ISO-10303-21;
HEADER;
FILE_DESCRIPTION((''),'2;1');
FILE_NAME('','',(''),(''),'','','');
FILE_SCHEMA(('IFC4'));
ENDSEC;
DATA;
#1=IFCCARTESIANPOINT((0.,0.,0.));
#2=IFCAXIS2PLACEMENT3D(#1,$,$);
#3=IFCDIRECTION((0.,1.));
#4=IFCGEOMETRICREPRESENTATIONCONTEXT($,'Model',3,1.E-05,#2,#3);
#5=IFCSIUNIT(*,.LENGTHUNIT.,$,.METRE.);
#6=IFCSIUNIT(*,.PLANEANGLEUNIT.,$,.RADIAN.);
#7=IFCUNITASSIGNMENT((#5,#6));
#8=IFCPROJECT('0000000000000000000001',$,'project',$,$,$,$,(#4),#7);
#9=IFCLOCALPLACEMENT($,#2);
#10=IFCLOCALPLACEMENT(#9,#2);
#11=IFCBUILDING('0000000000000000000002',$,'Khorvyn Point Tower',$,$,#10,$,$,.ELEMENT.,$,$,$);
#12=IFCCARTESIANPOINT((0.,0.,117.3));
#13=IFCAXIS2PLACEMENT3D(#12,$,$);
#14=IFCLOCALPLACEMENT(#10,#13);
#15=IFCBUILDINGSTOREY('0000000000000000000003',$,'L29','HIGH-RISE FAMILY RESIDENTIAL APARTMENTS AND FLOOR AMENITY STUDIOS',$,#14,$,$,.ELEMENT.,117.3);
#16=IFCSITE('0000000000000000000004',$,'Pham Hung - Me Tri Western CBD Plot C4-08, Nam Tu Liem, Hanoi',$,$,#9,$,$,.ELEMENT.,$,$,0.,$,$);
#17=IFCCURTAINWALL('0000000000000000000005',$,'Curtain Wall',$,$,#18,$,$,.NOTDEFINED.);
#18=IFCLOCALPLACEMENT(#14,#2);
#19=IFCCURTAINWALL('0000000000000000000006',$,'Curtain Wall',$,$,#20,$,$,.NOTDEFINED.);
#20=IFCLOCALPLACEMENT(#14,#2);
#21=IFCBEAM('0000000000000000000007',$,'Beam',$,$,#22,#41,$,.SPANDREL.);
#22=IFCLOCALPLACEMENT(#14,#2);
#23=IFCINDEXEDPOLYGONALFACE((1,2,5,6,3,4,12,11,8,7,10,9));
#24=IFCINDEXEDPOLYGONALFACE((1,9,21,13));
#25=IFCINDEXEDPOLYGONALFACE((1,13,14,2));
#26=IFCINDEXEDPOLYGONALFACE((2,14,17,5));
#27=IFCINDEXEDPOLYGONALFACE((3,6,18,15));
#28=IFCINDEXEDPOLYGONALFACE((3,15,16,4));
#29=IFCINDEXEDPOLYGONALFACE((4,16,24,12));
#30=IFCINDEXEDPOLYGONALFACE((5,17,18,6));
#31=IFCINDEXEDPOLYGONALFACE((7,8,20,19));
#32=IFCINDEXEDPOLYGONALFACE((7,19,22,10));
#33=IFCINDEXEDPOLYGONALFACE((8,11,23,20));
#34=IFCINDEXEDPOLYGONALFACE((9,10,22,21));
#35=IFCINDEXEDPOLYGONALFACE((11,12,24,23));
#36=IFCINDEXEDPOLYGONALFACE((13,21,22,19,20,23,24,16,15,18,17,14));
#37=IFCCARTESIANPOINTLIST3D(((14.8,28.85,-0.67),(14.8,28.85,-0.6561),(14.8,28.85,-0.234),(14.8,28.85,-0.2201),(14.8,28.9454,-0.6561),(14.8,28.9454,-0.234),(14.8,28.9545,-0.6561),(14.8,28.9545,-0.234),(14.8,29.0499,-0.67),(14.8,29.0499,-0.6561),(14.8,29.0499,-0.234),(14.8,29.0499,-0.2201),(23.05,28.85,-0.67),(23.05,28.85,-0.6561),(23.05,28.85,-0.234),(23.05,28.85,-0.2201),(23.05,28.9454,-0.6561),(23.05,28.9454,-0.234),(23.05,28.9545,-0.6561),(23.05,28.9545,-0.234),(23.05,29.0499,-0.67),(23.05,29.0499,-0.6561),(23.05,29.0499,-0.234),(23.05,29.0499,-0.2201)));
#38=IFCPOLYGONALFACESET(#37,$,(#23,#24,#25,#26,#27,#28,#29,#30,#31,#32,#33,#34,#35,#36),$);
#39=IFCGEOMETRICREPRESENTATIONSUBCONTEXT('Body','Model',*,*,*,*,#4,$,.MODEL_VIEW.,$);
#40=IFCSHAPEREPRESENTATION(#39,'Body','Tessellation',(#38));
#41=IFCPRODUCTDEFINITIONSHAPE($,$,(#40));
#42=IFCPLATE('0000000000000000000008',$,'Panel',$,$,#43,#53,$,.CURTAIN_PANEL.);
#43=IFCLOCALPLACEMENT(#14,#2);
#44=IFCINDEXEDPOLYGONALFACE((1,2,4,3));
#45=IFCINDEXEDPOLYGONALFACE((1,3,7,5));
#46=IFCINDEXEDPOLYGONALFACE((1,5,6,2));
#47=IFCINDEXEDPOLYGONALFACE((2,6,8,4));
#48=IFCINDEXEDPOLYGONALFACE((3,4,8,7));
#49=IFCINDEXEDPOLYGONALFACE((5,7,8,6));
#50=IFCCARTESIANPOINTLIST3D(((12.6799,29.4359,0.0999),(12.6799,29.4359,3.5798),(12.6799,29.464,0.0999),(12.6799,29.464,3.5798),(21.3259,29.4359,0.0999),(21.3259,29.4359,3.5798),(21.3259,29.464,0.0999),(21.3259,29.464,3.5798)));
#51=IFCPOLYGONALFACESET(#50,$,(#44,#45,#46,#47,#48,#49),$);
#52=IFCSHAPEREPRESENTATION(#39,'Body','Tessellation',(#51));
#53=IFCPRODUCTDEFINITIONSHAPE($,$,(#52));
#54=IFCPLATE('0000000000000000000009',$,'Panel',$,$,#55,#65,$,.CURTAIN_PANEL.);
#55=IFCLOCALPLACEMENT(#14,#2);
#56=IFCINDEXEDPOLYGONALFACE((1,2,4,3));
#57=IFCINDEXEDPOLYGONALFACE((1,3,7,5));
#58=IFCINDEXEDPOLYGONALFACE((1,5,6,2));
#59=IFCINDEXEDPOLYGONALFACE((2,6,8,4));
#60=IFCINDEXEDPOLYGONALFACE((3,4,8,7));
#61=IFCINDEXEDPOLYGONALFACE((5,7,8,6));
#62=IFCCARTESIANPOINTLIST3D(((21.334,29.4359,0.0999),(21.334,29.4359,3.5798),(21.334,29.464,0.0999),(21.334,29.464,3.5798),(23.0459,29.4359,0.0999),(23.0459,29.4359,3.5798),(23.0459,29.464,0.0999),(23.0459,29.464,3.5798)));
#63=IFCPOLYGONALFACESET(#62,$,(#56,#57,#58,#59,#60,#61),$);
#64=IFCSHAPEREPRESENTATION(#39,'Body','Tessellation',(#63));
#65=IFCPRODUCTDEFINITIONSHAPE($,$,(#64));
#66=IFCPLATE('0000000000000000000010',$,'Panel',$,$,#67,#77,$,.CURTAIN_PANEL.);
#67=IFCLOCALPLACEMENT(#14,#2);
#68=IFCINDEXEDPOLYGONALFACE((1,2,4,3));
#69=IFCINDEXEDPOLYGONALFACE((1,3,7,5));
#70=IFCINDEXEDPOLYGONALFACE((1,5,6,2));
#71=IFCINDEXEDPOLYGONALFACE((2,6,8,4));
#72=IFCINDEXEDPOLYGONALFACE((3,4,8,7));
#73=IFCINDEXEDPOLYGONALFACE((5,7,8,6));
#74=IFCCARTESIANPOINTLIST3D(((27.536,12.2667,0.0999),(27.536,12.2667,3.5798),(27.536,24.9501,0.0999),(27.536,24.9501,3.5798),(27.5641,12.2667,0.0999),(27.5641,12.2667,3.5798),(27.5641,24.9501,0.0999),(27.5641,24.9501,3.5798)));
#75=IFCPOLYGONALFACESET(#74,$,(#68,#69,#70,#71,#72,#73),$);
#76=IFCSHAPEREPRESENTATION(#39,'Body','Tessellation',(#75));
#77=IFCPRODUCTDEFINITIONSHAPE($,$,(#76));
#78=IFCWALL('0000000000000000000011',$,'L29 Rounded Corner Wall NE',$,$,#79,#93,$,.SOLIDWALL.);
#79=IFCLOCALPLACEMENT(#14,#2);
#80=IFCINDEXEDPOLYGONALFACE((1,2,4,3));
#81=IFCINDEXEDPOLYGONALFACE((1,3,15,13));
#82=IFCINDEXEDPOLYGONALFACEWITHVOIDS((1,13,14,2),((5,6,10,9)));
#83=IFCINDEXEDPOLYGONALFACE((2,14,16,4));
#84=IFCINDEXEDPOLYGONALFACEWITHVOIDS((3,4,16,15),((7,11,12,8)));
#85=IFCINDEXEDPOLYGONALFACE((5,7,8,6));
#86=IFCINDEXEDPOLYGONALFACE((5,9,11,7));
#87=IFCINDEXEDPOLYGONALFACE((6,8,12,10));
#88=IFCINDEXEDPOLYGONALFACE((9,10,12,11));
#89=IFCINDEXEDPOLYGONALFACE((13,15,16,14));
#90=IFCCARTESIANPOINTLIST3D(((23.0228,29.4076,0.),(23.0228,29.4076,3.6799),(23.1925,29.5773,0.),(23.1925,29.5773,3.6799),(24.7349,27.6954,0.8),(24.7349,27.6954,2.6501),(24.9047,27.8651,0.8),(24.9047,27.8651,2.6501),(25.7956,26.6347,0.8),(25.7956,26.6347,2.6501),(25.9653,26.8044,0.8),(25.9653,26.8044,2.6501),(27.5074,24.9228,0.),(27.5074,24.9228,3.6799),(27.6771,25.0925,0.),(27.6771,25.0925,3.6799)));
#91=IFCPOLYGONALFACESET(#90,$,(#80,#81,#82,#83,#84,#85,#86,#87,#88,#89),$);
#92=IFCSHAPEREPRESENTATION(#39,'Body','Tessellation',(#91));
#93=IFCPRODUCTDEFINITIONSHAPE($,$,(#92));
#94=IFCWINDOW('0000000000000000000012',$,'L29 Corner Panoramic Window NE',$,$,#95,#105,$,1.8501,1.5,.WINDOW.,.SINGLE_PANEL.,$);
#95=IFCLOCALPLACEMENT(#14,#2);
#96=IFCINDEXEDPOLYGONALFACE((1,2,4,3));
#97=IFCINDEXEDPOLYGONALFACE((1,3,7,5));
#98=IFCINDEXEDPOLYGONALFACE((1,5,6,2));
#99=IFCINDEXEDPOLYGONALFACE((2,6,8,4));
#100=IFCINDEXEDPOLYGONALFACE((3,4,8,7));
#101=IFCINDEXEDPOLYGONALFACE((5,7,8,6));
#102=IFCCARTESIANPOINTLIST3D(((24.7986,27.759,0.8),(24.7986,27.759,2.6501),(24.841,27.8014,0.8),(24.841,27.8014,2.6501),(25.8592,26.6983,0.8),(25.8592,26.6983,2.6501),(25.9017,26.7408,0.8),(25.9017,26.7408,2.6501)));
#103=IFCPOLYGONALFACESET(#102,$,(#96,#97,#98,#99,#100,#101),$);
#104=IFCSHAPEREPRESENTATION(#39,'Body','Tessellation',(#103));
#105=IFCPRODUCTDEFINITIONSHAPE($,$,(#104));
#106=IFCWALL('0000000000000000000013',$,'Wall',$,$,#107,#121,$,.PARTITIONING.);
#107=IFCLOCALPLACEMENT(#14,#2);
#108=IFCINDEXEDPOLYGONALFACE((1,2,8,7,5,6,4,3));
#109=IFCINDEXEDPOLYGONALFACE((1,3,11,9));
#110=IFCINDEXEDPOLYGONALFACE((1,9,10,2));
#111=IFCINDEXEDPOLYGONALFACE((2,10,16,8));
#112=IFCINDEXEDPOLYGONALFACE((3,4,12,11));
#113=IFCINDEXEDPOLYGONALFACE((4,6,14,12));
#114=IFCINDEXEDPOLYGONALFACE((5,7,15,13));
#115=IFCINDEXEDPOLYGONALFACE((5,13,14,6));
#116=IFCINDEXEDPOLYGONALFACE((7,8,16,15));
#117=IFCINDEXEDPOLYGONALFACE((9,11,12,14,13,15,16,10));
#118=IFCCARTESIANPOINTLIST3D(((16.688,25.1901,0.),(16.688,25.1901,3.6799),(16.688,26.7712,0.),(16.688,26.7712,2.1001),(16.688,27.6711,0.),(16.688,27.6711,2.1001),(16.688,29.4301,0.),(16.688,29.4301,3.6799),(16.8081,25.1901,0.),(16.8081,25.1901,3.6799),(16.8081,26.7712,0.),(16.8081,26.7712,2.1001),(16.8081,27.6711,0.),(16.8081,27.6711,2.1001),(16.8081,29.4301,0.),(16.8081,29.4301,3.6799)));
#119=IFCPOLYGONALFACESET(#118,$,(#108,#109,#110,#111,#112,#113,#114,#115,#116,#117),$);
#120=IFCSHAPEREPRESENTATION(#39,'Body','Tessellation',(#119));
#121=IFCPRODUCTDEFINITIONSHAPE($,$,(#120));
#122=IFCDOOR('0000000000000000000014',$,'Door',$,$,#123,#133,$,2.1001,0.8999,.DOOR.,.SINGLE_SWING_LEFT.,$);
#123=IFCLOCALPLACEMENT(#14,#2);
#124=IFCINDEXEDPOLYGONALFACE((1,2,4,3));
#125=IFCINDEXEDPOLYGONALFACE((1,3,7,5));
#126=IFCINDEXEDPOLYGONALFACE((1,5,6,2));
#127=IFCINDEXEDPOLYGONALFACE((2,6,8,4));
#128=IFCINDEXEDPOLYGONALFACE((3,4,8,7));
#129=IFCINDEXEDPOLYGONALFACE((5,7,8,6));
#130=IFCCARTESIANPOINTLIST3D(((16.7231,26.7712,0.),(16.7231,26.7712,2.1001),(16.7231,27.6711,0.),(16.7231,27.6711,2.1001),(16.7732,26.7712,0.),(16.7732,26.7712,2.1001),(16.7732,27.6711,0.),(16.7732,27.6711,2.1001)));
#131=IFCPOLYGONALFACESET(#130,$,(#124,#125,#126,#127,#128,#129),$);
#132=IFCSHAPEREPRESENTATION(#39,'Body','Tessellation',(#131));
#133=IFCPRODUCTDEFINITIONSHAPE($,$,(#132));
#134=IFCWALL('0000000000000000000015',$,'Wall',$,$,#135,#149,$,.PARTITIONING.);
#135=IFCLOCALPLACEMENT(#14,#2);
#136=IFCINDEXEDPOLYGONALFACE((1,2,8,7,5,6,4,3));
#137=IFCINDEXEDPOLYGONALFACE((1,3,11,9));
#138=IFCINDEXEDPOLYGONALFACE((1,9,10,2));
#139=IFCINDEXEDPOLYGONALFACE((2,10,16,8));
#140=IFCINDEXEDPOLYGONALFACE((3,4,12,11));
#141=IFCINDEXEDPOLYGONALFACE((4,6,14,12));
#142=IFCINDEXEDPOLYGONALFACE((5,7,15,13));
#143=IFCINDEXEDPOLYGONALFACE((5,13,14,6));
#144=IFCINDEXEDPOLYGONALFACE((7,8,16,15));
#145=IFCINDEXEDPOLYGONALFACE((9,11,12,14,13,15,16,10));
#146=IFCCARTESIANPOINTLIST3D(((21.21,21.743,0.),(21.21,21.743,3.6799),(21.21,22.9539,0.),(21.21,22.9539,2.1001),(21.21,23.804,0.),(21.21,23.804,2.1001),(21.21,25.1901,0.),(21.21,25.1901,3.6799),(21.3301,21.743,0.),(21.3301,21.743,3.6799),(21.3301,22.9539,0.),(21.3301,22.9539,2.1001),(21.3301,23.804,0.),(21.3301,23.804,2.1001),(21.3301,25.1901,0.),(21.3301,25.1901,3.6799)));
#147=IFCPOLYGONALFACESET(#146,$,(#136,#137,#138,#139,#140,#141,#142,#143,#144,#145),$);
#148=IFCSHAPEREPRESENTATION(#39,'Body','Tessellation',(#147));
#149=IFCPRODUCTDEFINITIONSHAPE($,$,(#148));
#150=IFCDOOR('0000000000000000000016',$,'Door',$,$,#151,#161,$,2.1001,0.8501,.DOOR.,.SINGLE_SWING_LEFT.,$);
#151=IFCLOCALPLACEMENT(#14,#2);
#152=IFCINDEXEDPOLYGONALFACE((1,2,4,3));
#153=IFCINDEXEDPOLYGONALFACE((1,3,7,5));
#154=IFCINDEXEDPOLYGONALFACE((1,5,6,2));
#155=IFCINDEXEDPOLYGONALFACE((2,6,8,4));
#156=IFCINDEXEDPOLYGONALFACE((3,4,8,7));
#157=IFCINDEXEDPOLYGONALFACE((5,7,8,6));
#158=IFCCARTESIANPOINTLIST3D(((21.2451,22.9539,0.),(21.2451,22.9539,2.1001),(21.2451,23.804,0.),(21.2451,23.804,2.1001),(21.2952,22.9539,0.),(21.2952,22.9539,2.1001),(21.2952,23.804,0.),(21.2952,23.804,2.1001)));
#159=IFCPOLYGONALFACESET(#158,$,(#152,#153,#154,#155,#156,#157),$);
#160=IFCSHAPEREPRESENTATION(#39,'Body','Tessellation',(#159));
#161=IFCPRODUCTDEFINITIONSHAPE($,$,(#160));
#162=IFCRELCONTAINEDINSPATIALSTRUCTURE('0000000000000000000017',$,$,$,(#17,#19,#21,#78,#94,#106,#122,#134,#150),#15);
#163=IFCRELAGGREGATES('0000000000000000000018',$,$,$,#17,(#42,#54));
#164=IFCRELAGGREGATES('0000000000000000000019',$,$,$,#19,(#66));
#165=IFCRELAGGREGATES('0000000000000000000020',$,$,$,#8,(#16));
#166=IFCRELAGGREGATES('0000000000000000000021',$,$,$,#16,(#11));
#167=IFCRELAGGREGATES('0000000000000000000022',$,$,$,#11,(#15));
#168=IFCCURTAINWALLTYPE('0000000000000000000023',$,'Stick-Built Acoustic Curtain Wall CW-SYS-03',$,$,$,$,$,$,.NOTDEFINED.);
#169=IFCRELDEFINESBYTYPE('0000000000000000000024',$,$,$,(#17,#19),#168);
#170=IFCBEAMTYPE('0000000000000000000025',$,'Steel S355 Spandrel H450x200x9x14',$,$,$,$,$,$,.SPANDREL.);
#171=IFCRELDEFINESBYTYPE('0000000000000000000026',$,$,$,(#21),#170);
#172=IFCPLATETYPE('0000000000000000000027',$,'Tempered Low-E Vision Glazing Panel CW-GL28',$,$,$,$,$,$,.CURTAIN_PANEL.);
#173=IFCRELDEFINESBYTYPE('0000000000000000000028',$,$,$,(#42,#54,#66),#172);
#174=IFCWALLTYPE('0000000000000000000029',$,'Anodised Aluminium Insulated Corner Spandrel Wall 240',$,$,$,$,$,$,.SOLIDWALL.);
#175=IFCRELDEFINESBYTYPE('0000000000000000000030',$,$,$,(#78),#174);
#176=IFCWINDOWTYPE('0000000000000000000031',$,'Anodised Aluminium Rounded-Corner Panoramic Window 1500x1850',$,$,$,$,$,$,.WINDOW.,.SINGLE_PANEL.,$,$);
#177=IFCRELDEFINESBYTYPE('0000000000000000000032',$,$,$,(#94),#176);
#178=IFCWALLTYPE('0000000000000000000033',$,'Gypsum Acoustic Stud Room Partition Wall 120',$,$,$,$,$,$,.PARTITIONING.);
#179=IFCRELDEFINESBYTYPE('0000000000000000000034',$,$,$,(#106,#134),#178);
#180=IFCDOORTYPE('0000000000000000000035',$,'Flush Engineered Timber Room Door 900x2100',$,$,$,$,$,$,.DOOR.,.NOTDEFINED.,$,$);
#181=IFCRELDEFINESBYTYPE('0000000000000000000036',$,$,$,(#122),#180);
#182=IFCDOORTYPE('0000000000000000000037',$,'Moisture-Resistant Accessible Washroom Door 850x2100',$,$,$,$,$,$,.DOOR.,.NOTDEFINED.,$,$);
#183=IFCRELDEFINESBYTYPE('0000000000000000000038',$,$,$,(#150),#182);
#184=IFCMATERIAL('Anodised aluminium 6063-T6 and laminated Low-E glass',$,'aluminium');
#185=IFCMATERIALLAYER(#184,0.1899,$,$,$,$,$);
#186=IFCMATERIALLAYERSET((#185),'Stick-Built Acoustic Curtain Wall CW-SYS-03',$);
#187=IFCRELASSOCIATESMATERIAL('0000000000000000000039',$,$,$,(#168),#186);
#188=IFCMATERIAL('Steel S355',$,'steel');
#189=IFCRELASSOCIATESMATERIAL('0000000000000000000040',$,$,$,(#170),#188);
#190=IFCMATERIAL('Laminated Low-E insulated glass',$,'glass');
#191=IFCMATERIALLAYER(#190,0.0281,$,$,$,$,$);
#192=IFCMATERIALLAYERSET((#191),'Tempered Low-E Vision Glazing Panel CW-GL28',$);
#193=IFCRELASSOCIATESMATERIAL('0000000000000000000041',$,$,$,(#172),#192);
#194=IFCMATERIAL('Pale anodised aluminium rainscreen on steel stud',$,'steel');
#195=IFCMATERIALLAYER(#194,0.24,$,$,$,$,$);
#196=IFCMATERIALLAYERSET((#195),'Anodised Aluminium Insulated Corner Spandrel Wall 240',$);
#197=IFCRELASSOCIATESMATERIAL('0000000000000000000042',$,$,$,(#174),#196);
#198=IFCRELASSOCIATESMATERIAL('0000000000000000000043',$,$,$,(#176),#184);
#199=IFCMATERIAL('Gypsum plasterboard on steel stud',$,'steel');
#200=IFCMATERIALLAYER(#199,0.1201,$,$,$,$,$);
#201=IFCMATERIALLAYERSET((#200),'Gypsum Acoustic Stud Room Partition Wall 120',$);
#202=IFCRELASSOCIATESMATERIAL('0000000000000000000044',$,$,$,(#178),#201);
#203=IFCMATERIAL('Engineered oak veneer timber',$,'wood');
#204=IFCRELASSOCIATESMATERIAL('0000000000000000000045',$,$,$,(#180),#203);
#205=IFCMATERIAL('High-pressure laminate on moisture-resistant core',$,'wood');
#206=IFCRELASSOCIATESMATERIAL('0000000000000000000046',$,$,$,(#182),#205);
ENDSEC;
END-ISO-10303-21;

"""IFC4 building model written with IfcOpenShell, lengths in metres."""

from ifc_helpers import new_model, si_unit, direction, frame, frame_2d, origin, origin_2d, place, context, subcontext, project, spatial, rectangle, i_section, extrude, material, layer, layer_set, material_profile, profile_set, type_object, element, fill, aggregate, save


model = new_model("IFC4")

# Units and contexts
model_context = context("Model", 3, precision=1e-05, world=origin(), true_north=direction((0.0, 1.0)))
body_context = subcontext(model_context, "Body", "Model", "MODEL_VIEW")
ifc_project = project(units=[si_unit("LENGTHUNIT", "METRE"), si_unit("PLANEANGLEUNIT", "RADIAN")], contexts=[model_context])

# Site, building, storey
site_placement = place(None, origin())
site = spatial("IfcSite", under=ifc_project, at=site_placement, Name="Pham Hung - Me Tri Western CBD Plot C4-08, Nam Tu Liem, Hanoi", CompositionType="ELEMENT", RefElevation=0.0)
building_placement = place(site_placement, origin())
building = spatial("IfcBuilding", under=site, at=building_placement, Name="Khorvyn Point Tower", CompositionType="ELEMENT")
storey_placement = place(building_placement, frame((0.0, 0.0, 117.3)))
storey = spatial("IfcBuildingStorey", under=building, at=storey_placement, Name="L29", Description="HIGH-RISE FAMILY RESIDENTIAL APARTMENTS AND FLOOR AMENITY STUDIOS", CompositionType="ELEMENT", Elevation=117.3)

# Curtain wall
ifc_material_1 = material(Name="Anodised aluminium 6063-T6 and laminated Low-E glass", Category="aluminium")
ifc_layer_1 = layer(ifc_material_1, 0.1899)
ifc_layer_set_1 = layer_set([ifc_layer_1], Name="Stick-Built Acoustic Curtain Wall CW-SYS-03")
curtain_wall_type = type_object("IfcCurtainWallType", Name="Stick-Built Acoustic Curtain Wall CW-SYS-03", PredefinedType="NOTDEFINED", material=ifc_layer_set_1)
curtain_wall_1_placement = place(storey_placement, origin())
curtain_wall_1 = element("IfcCurtainWall", 1, at=curtain_wall_1_placement, inside=storey, type_object=curtain_wall_type, Name="Curtain Wall", PredefinedType="NOTDEFINED")

# Curtain wall
curtain_wall_2_placement = place(storey_placement, origin())
curtain_wall_2 = element("IfcCurtainWall", 2, at=curtain_wall_2_placement, inside=storey, type_object=curtain_wall_type, Name="Curtain Wall", PredefinedType="NOTDEFINED")

# Beam
ifc_material_2 = material(Name="Steel S355", Category="steel")
ifc_material_profile_1 = material_profile(ifc_material_2, i_section(OverallWidth=0.2, OverallDepth=0.45, WebThickness=0.009, FlangeThickness=0.0139, at=origin_2d()))
ifc_profile_set_1 = profile_set([ifc_material_profile_1], Name="Steel S355 H450x200x9x14")
beam_type_1 = type_object("IfcBeamType", Name="Steel S355 Spandrel H450x200x9x14", PredefinedType="SPANDREL", material=ifc_profile_set_1)
beam_1_placement = place(storey_placement, frame((14.8, 28.95, -0.4451), z_axis=(1.0, 0.0, 0.0), x_axis=(0.0, 1.0, 0.0)))
element("IfcBeam", 3, at=beam_1_placement, inside=storey, type_object=beam_type_1, Name="Beam", PredefinedType="SPANDREL", context=body_context, shape_type="SweptSolid", body=[
    extrude(i_section(OverallWidth=0.2, OverallDepth=0.45, WebThickness=0.009, FlangeThickness=0.0139, at=origin_2d()), origin(), (0.0, 0.0, 1.0), 8.25),
])

# Plates
ifc_material_3 = material(Name="Laminated Low-E insulated glass", Category="glass")
ifc_layer_2 = layer(ifc_material_3, 0.0281)
ifc_layer_set_2 = layer_set([ifc_layer_2], Name="Tempered Low-E Vision Glazing Panel CW-GL28")
plate_type = type_object("IfcPlateType", Name="Tempered Low-E Vision Glazing Panel CW-GL28", PredefinedType="CURTAIN_PANEL", material=ifc_layer_set_2)
plate_1_placement = place(storey_placement, frame((17.0029, 29.45, 0.0999), z_axis=(0.0, 0.0, 1.0), x_axis=(1.0, 0.0, 0.0)))
plate_1 = element("IfcPlate", 4, at=plate_1_placement, type_object=plate_type, Name="Panel", PredefinedType="CURTAIN_PANEL", context=body_context, shape_type="SweptSolid", body=[
    extrude(rectangle(XDim=8.646, YDim=0.0281, at=origin_2d()), origin(), (0.0, 0.0, 1.0), 3.48),
])
plate_2_placement = place(storey_placement, frame((22.1899, 29.45, 0.0999), z_axis=(0.0, 0.0, 1.0), x_axis=(1.0, 0.0, 0.0)))
plate_2 = element("IfcPlate", 5, at=plate_2_placement, type_object=plate_type, Name="Panel", PredefinedType="CURTAIN_PANEL", context=body_context, shape_type="SweptSolid", body=[
    extrude(rectangle(XDim=1.7119, YDim=0.0281, at=origin_2d()), origin(), (0.0, 0.0, 1.0), 3.48),
])
aggregate(curtain_wall_1, [plate_1, plate_2])
plate_3_placement = place(storey_placement, frame((27.55, 18.6084, 0.0999), z_axis=(0.0, 0.0, 1.0), x_axis=(0.0, -1.0, 0.0)))
plate_3 = element("IfcPlate", 6, at=plate_3_placement, type_object=plate_type, Name="Panel", PredefinedType="CURTAIN_PANEL", context=body_context, shape_type="SweptSolid", body=[
    extrude(rectangle(XDim=12.6833, YDim=0.0281, at=origin_2d()), origin(), (0.0, 0.0, 1.0), 3.48),
])
aggregate(curtain_wall_2, [plate_3])

# Wall, opening, window
ifc_material_4 = material(Name="Pale anodised aluminium rainscreen on steel stud", Category="steel")
ifc_layer_3 = layer(ifc_material_4, 0.24)
ifc_layer_set_3 = layer_set([ifc_layer_3], Name="Anodised Aluminium Insulated Corner Spandrel Wall 240")
wall_type_1 = type_object("IfcWallType", Name="Anodised Aluminium Insulated Corner Spandrel Wall 240", PredefinedType="SOLIDWALL", material=ifc_layer_set_3)
wall_1_placement = place(storey_placement, frame((23.1077, 29.4924, 0.0), z_axis=(0.0, 0.0, 1.0), x_axis=(0.707088, -0.707126, 0.0)))
wall_1 = element("IfcWall", 7, at=wall_1_placement, inside=storey, type_object=wall_type_1, Name="L29 Rounded Corner Wall NE", PredefinedType="SOLIDWALL", context=body_context, shape_type="SweptSolid", body=[
    extrude(rectangle(XDim=6.3423, YDim=0.24, at=frame_2d((3.1711, 0.0))), origin(), (0.0, 0.0, 1.0), 3.6799),
])
opening_1_placement = place(wall_1_placement, frame((2.4214, 0.0, 0.8)))
opening_1 = element("IfcOpeningElement", 8, at=opening_1_placement, cuts=wall_1, PredefinedType="OPENING", context=body_context, shape_type="SweptSolid", body=[
    extrude(rectangle(XDim=1.5, YDim=1.8501, at=frame_2d((0.75, 0.925))), frame((0.0, 0.1299, 0.0), z_axis=(0.0, -1.0, 0.0), x_axis=(1.0, 0.0, 0.0)), (0.0, 0.0, 1.0), 0.26),
])
window_type = type_object("IfcWindowType", Name="Anodised Aluminium Rounded-Corner Panoramic Window 1500x1850", PartitioningType="SINGLE_PANEL", PredefinedType="WINDOW", material=ifc_material_1)
window_placement = place(opening_1_placement, origin())
window = element("IfcWindow", 9, at=window_placement, inside=storey, type_object=window_type, Name="L29 Corner Panoramic Window NE", OverallHeight=1.8501, OverallWidth=1.5, PartitioningType="SINGLE_PANEL", PredefinedType="WINDOW", context=body_context, shape_type="SweptSolid", body=[
    extrude(rectangle(XDim=1.5, YDim=1.8501, at=frame_2d((0.75, 0.925))), frame((0.0, 0.03, 0.0), z_axis=(0.0, -1.0, 0.0), x_axis=(1.0, 0.0, 0.0)), (0.0, 0.0, 1.0), 0.0601),
])
fill(opening_1, window)

# Walls, openings, doors
ifc_material_5 = material(Name="Gypsum plasterboard on steel stud", Category="steel")
ifc_layer_4 = layer(ifc_material_5, 0.1201)
ifc_layer_set_4 = layer_set([ifc_layer_4], Name="Gypsum Acoustic Stud Room Partition Wall 120")
wall_type_2 = type_object("IfcWallType", Name="Gypsum Acoustic Stud Room Partition Wall 120", PredefinedType="PARTITIONING", material=ifc_layer_set_4)
wall_2_placement = place(storey_placement, frame((16.748, 25.1899, 0.0), z_axis=(0.0, 0.0, 1.0), x_axis=(0.0, 1.0, 0.0)))
wall_2 = element("IfcWall", 10, at=wall_2_placement, inside=storey, type_object=wall_type_2, Name="Wall", PredefinedType="PARTITIONING", context=body_context, shape_type="SweptSolid", body=[
    extrude(rectangle(XDim=4.24, YDim=0.1201, at=frame_2d((2.1201, 0.0))), origin(), (0.0, 0.0, 1.0), 3.6799),
])
opening_2_placement = place(wall_2_placement, frame((1.5813, 0.0, 0.0)))
opening_2 = element("IfcOpeningElement", 11, at=opening_2_placement, cuts=wall_2, PredefinedType="OPENING", context=body_context, shape_type="SweptSolid", body=[
    extrude(rectangle(XDim=0.8999, YDim=2.1001, at=frame_2d((0.45, 1.05))), frame((0.0, 0.0701, 0.0), z_axis=(0.0, -1.0, 0.0), x_axis=(1.0, 0.0, 0.0)), (0.0, 0.0, 1.0), 0.1401),
])
ifc_material_6 = material(Name="Engineered oak veneer timber", Category="wood")
door_type_1 = type_object("IfcDoorType", Name="Flush Engineered Timber Room Door 900x2100", OperationType="NOTDEFINED", PredefinedType="DOOR", material=ifc_material_6)
door_1_placement = place(opening_2_placement, origin())
door_1 = element("IfcDoor", 12, at=door_1_placement, inside=storey, type_object=door_type_1, Name="Door", OperationType="SINGLE_SWING_LEFT", OverallHeight=2.1001, OverallWidth=0.8999, PredefinedType="DOOR", context=body_context, shape_type="SweptSolid", body=[
    extrude(rectangle(XDim=0.8999, YDim=2.1001, at=frame_2d((0.45, 1.05))), frame((0.0, 0.0249, 0.0), z_axis=(0.0, -1.0, 0.0), x_axis=(1.0, 0.0, 0.0)), (0.0, 0.0, 1.0), 0.05),
])
fill(opening_2, door_1)
wall_3_placement = place(storey_placement, frame((21.27, 21.7429, 0.0), z_axis=(0.0, 0.0, 1.0), x_axis=(0.0, 1.0, 0.0)))
wall_3 = element("IfcWall", 13, at=wall_3_placement, inside=storey, type_object=wall_type_2, Name="Wall", PredefinedType="PARTITIONING", context=body_context, shape_type="SweptSolid", body=[
    extrude(rectangle(XDim=3.447, YDim=0.1201, at=frame_2d((1.7236, 0.0))), origin(), (0.0, 0.0, 1.0), 3.6799),
])
opening_3_placement = place(wall_3_placement, frame((1.2109, 0.0, 0.0)))
opening_3 = element("IfcOpeningElement", 14, at=opening_3_placement, cuts=wall_3, PredefinedType="OPENING", context=body_context, shape_type="SweptSolid", body=[
    extrude(rectangle(XDim=0.8501, YDim=2.1001, at=frame_2d((0.425, 1.05))), frame((0.0, 0.0701, 0.0), z_axis=(0.0, -1.0, 0.0), x_axis=(1.0, 0.0, 0.0)), (0.0, 0.0, 1.0), 0.1401),
])
ifc_material_7 = material(Name="High-pressure laminate on moisture-resistant core", Category="wood")
door_type_2 = type_object("IfcDoorType", Name="Moisture-Resistant Accessible Washroom Door 850x2100", OperationType="NOTDEFINED", PredefinedType="DOOR", material=ifc_material_7)
door_2_placement = place(opening_3_placement, origin())
door_2 = element("IfcDoor", 15, at=door_2_placement, inside=storey, type_object=door_type_2, Name="Door", OperationType="SINGLE_SWING_LEFT", OverallHeight=2.1001, OverallWidth=0.8501, PredefinedType="DOOR", context=body_context, shape_type="SweptSolid", body=[
    extrude(rectangle(XDim=0.8501, YDim=2.1001, at=frame_2d((0.425, 1.05))), frame((0.0, 0.0249, 0.0), z_axis=(0.0, -1.0, 0.0), x_axis=(1.0, 0.0, 0.0)), (0.0, 0.0, 1.0), 0.05),
])
fill(opening_3, door_2)

save(model, "model.ifc")
